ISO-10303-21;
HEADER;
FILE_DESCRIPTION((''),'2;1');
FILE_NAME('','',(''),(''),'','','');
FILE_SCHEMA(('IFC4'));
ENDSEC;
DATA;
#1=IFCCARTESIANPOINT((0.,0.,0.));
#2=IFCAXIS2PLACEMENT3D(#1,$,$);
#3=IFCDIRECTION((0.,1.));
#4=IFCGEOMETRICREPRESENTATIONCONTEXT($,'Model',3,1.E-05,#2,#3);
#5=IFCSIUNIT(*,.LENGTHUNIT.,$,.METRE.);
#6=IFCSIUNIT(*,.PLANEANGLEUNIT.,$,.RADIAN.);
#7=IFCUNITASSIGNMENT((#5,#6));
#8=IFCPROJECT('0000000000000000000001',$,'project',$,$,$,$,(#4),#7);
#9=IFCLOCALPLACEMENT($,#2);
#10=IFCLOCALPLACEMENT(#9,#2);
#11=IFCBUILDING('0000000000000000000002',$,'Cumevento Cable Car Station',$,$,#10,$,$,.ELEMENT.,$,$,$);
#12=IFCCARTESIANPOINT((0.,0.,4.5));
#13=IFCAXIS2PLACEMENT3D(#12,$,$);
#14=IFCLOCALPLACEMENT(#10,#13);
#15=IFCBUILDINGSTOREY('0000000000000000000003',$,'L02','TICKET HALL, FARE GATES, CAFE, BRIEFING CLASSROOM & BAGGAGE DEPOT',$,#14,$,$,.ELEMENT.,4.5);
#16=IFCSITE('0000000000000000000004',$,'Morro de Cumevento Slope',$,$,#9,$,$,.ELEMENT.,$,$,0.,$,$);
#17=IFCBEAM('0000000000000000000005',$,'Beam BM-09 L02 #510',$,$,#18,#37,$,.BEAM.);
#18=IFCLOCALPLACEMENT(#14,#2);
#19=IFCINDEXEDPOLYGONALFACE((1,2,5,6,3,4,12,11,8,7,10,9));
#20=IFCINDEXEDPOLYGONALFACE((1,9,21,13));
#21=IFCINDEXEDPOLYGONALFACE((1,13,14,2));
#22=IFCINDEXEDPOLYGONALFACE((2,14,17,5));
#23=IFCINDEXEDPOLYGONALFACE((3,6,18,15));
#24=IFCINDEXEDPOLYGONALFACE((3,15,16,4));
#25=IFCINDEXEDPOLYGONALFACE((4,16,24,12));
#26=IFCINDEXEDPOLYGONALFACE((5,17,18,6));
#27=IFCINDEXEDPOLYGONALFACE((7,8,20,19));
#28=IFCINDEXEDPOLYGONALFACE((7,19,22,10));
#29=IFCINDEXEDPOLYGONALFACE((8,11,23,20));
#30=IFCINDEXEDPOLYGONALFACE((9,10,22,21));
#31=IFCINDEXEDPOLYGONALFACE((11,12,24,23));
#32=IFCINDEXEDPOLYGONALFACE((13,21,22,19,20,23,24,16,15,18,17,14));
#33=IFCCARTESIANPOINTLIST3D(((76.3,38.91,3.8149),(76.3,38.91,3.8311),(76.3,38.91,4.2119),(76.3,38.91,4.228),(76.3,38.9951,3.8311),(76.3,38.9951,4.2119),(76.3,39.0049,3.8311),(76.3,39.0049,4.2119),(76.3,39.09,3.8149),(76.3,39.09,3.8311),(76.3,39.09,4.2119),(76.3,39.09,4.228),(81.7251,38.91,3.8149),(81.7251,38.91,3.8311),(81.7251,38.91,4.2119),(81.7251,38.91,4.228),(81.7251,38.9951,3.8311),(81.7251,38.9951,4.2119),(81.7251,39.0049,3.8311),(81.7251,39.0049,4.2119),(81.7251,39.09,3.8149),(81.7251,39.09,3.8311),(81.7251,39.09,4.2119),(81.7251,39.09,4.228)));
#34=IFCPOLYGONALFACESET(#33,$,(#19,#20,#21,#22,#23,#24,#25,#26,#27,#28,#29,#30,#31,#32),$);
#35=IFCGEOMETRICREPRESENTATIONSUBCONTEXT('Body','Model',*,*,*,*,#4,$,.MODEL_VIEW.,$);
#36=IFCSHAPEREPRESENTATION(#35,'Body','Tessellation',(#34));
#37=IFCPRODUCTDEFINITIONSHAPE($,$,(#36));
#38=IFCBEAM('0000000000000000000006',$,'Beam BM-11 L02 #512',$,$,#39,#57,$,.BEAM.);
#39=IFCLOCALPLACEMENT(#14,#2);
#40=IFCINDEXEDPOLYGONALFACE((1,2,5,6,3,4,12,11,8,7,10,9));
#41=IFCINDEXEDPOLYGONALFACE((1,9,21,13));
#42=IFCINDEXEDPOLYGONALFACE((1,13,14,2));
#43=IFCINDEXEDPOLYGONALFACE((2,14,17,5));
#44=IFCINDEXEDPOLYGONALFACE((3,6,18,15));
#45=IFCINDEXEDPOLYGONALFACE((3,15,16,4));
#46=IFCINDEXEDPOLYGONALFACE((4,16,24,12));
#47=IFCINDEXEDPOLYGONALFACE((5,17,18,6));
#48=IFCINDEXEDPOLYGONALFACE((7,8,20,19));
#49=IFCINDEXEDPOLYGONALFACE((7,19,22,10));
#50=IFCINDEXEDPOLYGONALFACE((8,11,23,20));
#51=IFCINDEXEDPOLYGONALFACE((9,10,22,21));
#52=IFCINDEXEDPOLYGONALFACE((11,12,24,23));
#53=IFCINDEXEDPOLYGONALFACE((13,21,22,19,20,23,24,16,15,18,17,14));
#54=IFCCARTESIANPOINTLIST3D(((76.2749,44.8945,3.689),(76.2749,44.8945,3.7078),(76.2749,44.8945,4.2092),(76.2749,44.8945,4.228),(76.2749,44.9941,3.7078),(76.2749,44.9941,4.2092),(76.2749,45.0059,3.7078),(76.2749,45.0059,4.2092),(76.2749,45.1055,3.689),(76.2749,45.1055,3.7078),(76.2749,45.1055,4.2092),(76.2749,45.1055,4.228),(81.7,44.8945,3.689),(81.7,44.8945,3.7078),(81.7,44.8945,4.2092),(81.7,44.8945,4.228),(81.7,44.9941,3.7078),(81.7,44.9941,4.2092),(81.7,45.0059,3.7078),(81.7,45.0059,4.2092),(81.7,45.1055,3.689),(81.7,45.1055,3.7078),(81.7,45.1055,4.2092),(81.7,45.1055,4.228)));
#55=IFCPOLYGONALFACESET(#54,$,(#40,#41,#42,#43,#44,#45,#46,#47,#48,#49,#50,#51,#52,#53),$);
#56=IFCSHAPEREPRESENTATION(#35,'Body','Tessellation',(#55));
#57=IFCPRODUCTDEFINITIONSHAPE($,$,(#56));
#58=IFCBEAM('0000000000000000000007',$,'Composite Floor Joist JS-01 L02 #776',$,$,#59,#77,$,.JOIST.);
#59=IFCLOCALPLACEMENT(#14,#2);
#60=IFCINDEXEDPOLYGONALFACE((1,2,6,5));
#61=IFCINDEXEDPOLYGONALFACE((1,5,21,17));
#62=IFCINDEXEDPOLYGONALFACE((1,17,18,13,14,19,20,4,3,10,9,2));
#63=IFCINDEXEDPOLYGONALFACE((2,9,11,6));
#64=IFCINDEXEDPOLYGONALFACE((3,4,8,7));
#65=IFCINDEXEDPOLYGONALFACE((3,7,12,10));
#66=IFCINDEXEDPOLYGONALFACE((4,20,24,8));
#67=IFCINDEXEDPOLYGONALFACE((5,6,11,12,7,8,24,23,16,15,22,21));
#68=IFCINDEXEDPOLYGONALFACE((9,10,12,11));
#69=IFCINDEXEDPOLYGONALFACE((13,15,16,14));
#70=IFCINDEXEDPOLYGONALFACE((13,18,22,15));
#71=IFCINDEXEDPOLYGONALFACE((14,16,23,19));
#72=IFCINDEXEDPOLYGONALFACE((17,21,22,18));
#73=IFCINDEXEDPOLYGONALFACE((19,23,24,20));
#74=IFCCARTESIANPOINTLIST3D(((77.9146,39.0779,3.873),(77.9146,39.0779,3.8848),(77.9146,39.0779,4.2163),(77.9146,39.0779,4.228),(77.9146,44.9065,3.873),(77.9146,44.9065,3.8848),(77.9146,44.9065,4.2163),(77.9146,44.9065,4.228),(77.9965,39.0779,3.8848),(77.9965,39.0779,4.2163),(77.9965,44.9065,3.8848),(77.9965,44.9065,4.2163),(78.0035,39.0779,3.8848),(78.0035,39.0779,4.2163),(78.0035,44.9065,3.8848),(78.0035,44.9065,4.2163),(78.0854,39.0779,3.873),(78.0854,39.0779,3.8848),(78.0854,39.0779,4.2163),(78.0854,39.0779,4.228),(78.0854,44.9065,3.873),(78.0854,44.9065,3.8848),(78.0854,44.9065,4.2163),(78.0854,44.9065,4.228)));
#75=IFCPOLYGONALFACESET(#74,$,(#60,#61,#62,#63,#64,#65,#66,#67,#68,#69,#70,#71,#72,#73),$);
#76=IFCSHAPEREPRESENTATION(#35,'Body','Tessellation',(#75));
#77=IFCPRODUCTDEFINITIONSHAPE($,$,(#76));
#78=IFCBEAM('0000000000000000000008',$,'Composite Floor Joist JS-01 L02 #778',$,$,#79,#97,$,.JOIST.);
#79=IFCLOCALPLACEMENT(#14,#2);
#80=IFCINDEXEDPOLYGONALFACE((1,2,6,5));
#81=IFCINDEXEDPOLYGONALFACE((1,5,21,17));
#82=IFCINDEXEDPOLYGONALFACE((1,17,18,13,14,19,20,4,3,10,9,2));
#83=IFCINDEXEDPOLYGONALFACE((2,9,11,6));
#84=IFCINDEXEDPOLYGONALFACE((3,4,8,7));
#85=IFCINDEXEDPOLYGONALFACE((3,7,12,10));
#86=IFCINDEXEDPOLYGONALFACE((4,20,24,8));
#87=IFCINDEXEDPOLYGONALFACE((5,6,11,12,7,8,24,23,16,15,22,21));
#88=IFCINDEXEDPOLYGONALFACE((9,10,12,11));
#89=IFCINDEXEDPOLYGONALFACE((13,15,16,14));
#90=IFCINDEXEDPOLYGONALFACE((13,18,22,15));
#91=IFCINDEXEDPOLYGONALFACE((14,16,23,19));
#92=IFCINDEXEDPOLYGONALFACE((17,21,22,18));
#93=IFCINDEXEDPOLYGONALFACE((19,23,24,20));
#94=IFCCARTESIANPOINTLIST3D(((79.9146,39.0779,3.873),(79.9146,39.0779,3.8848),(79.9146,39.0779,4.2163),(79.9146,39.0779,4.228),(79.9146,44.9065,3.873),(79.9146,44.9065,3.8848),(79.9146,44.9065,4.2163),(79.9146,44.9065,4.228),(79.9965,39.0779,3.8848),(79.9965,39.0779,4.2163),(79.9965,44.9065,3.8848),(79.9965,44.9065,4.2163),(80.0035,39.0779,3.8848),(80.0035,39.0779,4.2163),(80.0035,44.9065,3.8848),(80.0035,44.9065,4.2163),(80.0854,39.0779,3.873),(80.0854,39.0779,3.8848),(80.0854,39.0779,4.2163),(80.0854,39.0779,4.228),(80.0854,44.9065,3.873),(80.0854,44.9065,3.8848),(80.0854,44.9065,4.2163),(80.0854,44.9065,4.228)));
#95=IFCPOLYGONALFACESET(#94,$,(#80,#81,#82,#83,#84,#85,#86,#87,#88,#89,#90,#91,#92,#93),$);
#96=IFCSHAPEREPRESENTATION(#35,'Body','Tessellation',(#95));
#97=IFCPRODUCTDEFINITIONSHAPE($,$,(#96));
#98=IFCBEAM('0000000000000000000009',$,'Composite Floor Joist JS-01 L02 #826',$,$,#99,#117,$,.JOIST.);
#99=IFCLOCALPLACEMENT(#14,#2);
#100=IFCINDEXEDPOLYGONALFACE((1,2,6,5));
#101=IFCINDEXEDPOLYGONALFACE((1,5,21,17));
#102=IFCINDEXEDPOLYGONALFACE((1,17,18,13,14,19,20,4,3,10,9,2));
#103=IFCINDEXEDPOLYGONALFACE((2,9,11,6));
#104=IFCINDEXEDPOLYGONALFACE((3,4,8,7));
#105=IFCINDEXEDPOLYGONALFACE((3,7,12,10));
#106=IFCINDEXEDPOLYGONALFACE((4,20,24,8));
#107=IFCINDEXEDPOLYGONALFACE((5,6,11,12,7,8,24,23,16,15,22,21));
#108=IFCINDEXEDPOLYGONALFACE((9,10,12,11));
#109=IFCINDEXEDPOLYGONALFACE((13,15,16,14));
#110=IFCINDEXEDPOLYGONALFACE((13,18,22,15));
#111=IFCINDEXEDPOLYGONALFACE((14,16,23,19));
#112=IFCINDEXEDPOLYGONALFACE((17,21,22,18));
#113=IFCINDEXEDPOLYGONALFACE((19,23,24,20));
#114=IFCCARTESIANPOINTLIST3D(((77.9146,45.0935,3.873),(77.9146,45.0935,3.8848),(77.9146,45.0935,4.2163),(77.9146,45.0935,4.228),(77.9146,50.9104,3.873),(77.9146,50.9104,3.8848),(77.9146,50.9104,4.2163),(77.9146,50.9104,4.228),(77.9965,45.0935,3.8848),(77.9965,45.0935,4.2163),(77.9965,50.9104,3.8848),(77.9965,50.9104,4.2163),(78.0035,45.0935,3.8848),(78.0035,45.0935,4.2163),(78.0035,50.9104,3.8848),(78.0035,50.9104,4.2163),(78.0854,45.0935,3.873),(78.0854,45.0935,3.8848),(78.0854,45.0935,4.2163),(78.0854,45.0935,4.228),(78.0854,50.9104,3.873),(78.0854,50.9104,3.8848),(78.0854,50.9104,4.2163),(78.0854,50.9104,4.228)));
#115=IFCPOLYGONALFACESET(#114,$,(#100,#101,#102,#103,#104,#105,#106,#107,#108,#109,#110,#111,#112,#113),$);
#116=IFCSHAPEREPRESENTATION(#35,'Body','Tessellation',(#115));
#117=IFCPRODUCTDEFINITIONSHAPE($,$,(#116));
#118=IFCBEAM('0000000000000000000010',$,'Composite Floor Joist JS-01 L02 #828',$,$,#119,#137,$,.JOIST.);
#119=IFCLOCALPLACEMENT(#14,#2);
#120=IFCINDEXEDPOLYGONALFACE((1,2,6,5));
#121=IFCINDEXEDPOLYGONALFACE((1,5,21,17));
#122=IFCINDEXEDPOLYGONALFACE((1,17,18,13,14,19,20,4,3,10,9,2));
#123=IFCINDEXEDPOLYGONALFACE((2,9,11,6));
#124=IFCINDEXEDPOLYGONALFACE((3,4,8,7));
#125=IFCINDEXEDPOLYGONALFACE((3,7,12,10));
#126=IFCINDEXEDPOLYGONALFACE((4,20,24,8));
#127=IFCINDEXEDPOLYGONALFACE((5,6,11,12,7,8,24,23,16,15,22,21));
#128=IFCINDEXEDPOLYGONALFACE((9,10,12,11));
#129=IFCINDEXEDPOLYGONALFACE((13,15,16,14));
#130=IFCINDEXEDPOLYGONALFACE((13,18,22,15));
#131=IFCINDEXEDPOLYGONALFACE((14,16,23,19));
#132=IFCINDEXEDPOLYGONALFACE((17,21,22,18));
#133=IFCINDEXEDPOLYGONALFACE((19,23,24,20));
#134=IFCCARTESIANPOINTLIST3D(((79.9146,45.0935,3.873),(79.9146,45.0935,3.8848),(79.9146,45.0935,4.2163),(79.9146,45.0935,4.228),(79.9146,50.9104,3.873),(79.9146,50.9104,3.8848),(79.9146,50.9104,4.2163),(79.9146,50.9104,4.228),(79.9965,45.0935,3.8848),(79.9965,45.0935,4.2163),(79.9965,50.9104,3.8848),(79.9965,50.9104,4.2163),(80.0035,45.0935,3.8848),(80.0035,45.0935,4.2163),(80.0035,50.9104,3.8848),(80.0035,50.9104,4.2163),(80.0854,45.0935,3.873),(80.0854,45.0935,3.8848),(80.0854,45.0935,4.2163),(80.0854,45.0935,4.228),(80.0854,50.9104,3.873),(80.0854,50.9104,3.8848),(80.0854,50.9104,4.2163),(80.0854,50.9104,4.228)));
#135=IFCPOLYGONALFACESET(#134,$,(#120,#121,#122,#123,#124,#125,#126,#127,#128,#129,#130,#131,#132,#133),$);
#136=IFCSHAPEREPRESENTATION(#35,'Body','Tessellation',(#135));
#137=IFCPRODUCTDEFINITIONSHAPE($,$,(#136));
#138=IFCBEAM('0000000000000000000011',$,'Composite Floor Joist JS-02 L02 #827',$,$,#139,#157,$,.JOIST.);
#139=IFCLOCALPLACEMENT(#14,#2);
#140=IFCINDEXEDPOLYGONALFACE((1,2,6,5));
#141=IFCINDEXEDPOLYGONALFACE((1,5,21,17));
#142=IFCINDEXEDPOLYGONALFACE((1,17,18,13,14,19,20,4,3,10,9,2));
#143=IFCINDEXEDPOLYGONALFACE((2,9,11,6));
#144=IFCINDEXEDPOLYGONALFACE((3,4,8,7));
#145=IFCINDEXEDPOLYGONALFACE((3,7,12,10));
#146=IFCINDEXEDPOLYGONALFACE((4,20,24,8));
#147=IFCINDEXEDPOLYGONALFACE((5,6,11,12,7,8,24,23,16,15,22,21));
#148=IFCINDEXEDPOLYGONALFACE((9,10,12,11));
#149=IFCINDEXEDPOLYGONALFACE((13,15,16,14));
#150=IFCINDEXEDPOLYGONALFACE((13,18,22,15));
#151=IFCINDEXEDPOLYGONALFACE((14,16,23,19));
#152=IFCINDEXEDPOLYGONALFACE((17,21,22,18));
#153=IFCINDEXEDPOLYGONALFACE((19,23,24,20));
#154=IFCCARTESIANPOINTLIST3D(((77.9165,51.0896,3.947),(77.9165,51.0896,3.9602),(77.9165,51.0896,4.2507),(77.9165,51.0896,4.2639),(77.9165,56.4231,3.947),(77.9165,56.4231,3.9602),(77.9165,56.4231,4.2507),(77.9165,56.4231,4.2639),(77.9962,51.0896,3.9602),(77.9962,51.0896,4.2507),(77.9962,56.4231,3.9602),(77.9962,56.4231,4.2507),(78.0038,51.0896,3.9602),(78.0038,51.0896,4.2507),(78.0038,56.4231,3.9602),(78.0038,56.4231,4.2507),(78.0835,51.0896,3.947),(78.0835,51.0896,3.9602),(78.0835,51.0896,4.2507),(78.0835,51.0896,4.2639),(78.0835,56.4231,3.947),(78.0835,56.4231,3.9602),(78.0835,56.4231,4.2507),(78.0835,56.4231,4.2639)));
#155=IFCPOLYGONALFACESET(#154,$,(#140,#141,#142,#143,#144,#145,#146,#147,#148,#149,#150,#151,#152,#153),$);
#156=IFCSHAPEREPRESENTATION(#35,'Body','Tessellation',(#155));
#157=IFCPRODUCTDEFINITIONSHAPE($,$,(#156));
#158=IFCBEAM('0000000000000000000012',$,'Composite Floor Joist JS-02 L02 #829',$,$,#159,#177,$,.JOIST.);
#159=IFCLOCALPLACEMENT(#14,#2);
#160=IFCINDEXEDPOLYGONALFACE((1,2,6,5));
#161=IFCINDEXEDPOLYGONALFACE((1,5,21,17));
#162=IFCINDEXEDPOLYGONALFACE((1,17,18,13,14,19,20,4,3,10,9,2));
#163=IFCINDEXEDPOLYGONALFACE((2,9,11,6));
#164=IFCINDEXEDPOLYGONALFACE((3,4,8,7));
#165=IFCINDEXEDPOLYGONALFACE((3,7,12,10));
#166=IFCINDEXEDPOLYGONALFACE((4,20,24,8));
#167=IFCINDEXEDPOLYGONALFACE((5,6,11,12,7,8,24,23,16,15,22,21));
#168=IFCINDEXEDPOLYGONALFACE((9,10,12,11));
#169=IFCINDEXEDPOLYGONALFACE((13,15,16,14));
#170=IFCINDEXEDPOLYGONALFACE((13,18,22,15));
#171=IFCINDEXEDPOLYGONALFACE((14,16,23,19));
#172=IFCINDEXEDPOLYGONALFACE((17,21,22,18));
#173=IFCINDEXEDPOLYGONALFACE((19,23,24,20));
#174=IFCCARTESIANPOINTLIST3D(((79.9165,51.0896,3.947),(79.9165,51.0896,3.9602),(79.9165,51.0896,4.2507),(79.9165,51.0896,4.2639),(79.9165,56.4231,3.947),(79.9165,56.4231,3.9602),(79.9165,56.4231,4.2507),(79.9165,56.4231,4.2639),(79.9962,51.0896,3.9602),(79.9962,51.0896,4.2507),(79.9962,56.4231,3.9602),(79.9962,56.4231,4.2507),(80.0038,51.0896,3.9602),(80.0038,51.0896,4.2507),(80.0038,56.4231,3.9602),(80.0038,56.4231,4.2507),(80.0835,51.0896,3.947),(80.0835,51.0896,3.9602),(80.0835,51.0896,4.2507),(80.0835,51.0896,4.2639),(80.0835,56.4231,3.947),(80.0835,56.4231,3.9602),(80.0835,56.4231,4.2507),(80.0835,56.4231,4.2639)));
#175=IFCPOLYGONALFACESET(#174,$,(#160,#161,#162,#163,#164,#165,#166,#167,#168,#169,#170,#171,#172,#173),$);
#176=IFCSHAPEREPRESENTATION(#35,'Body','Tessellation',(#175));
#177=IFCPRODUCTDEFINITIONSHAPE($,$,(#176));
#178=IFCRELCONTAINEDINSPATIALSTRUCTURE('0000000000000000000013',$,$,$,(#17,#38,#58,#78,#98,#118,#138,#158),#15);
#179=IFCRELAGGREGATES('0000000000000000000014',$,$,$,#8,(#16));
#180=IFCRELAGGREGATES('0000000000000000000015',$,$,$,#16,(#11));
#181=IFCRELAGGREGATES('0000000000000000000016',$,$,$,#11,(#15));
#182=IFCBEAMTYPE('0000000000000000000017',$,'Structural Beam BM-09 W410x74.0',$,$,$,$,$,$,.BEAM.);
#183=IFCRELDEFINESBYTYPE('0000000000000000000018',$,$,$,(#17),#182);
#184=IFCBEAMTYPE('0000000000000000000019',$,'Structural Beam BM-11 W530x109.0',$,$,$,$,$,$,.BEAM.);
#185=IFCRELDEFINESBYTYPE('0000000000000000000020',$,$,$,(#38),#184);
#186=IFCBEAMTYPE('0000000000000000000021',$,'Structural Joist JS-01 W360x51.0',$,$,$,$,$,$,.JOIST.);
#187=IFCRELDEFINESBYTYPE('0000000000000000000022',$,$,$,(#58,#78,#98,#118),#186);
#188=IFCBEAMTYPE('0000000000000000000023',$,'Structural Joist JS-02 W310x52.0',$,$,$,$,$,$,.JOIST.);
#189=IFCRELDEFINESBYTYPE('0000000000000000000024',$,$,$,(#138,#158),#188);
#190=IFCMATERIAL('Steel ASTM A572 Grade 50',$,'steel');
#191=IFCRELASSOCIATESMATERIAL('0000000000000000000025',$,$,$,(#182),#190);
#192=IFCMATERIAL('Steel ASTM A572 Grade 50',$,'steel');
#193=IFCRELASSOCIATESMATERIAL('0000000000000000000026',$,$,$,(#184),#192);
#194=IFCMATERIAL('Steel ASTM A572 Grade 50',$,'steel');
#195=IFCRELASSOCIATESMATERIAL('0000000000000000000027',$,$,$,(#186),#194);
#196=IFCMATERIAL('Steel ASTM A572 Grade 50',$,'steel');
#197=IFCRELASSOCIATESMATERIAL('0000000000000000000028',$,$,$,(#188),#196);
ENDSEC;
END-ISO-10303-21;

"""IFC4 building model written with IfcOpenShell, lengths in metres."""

from ifc_helpers import new_model, si_unit, direction, frame, origin, origin_2d, place, context, subcontext, project, spatial, i_section, extrude, material, material_profile, profile_set, type_object, element, save


model = new_model("IFC4")

# Units and contexts
model_context = context("Model", 3, precision=1e-05, world=origin(), true_north=direction((0.0, 1.0)))
body_context = subcontext(model_context, "Body", "Model", "MODEL_VIEW")
ifc_project = project(units=[si_unit("LENGTHUNIT", "METRE"), si_unit("PLANEANGLEUNIT", "RADIAN")], contexts=[model_context])

# Site, building, storey
site_placement = place(None, origin())
site = spatial("IfcSite", under=ifc_project, at=site_placement, Name="Morro de Cumevento Slope", CompositionType="ELEMENT", RefElevation=0.0)
building_placement = place(site_placement, origin())
building = spatial("IfcBuilding", under=site, at=building_placement, Name="Cumevento Cable Car Station", CompositionType="ELEMENT")
storey_placement = place(building_placement, frame((0.0, 0.0, 4.5)))
storey = spatial("IfcBuildingStorey", under=building, at=storey_placement, Name="L02", Description="TICKET HALL, FARE GATES, CAFE, BRIEFING CLASSROOM & BAGGAGE DEPOT", CompositionType="ELEMENT", Elevation=4.5)

# Beams
ifc_material_1 = material(Name="Steel ASTM A572 Grade 50", Category="steel")
ifc_material_profile_1 = material_profile(ifc_material_1, i_section(OverallWidth=0.1799, OverallDepth=0.4131, WebThickness=0.0098, FlangeThickness=0.0161, at=origin_2d()), Name="W410x74.0")
ifc_profile_set_1 = profile_set([ifc_material_profile_1], Name="Steel ASTM A572 Grade 50")
beam_type_1 = type_object("IfcBeamType", Name="Structural Beam BM-09 W410x74.0", PredefinedType="BEAM", material=ifc_profile_set_1)
beam_1_placement = place(storey_placement, frame((76.3, 39.0, 4.0215), z_axis=(1.0, 0.0, 0.0), x_axis=(0.0, 1.0, 0.0)))
element("IfcBeam", 1, at=beam_1_placement, inside=storey, type_object=beam_type_1, Name="Beam BM-09 L02 #510", PredefinedType="BEAM", context=body_context, shape_type="SweptSolid", body=[
    extrude(i_section(OverallWidth=0.1799, OverallDepth=0.4131, WebThickness=0.0098, FlangeThickness=0.0161, at=origin_2d()), origin(), (0.0, 0.0, 1.0), 5.425),
])
ifc_material_2 = material(Name="Steel ASTM A572 Grade 50", Category="steel")
ifc_material_profile_2 = material_profile(ifc_material_2, i_section(OverallWidth=0.2109, OverallDepth=0.5391, WebThickness=0.0117, FlangeThickness=0.0188, at=origin_2d()), Name="W530x109.0")
ifc_profile_set_2 = profile_set([ifc_material_profile_2], Name="Steel ASTM A572 Grade 50")
beam_type_2 = type_object("IfcBeamType", Name="Structural Beam BM-11 W530x109.0", PredefinedType="BEAM", material=ifc_profile_set_2)
beam_2_placement = place(storey_placement, frame((76.2749, 45.0, 3.9585), z_axis=(1.0, 0.0, 0.0), x_axis=(0.0, 1.0, 0.0)))
element("IfcBeam", 2, at=beam_2_placement, inside=storey, type_object=beam_type_2, Name="Beam BM-11 L02 #512", PredefinedType="BEAM", context=body_context, shape_type="SweptSolid", body=[
    extrude(i_section(OverallWidth=0.2109, OverallDepth=0.5391, WebThickness=0.0117, FlangeThickness=0.0188, at=origin_2d()), origin(), (0.0, 0.0, 1.0), 5.425),
])
ifc_material_3 = material(Name="Steel ASTM A572 Grade 50", Category="steel")
ifc_material_profile_3 = material_profile(ifc_material_3, i_section(OverallWidth=0.1709, OverallDepth=0.355, WebThickness=0.0071, FlangeThickness=0.0117, at=origin_2d()), Name="W360x51.0")
ifc_profile_set_3 = profile_set([ifc_material_profile_3], Name="Steel ASTM A572 Grade 50")
beam_type_3 = type_object("IfcBeamType", Name="Structural Joist JS-01 W360x51.0", PredefinedType="JOIST", material=ifc_profile_set_3)
for number, where, z_axis, x_axis, name in (
    (3, (78.0, 39.0779, 4.0505), (0.0, 1.0, 0.0), (-1.0, 0.0, 0.0), "Composite Floor Joist JS-01 L02 #776"),
    (4, (80.0, 39.0779, 4.0505), (0.0, 1.0, 0.0), (-1.0, 0.0, 0.0), "Composite Floor Joist JS-01 L02 #778"),
):
    element("IfcBeam", number, at=place(storey_placement, frame(where, z_axis=z_axis, x_axis=x_axis)), inside=storey, type_object=beam_type_3, Name=name, PredefinedType="JOIST", context=body_context, shape_type="SweptSolid", body=[
        extrude(i_section(OverallWidth=0.1709, OverallDepth=0.355, WebThickness=0.0071, FlangeThickness=0.0117, at=origin_2d()), origin(), (0.0, 0.0, 1.0), 5.8286),
    ])
for number, where, z_axis, x_axis, name in (
    (5, (78.0, 45.0935, 4.0505), (0.0, 1.0, 0.0), (-1.0, 0.0, 0.0), "Composite Floor Joist JS-01 L02 #826"),
    (6, (80.0, 45.0935, 4.0505), (0.0, 1.0, 0.0), (-1.0, 0.0, 0.0), "Composite Floor Joist JS-01 L02 #828"),
):
    element("IfcBeam", number, at=place(storey_placement, frame(where, z_axis=z_axis, x_axis=x_axis)), inside=storey, type_object=beam_type_3, Name=name, PredefinedType="JOIST", context=body_context, shape_type="SweptSolid", body=[
        extrude(i_section(OverallWidth=0.1709, OverallDepth=0.355, WebThickness=0.0071, FlangeThickness=0.0117, at=origin_2d()), origin(), (0.0, 0.0, 1.0), 5.8169),
    ])
ifc_material_4 = material(Name="Steel ASTM A572 Grade 50", Category="steel")
ifc_material_profile_4 = material_profile(ifc_material_4, i_section(OverallWidth=0.167, OverallDepth=0.3169, WebThickness=0.0076, FlangeThickness=0.0132, at=origin_2d()), Name="W310x52.0")
ifc_profile_set_4 = profile_set([ifc_material_profile_4], Name="Steel ASTM A572 Grade 50")
beam_type_4 = type_object("IfcBeamType", Name="Structural Joist JS-02 W310x52.0", PredefinedType="JOIST", material=ifc_profile_set_4)
for number, where, z_axis, x_axis, name in (
    (7, (78.0, 51.0896, 4.1055), (0.0, 1.0, 0.0), (-1.0, 0.0, 0.0), "Composite Floor Joist JS-02 L02 #827"),
    (8, (80.0, 51.0896, 4.1055), (0.0, 1.0, 0.0), (-1.0, 0.0, 0.0), "Composite Floor Joist JS-02 L02 #829"),
):
    element("IfcBeam", number, at=place(storey_placement, frame(where, z_axis=z_axis, x_axis=x_axis)), inside=storey, type_object=beam_type_4, Name=name, PredefinedType="JOIST", context=body_context, shape_type="SweptSolid", body=[
        extrude(i_section(OverallWidth=0.167, OverallDepth=0.3169, WebThickness=0.0076, FlangeThickness=0.0132, at=origin_2d()), origin(), (0.0, 0.0, 1.0), 5.3335),
    ])

save(model, "model.ifc")
